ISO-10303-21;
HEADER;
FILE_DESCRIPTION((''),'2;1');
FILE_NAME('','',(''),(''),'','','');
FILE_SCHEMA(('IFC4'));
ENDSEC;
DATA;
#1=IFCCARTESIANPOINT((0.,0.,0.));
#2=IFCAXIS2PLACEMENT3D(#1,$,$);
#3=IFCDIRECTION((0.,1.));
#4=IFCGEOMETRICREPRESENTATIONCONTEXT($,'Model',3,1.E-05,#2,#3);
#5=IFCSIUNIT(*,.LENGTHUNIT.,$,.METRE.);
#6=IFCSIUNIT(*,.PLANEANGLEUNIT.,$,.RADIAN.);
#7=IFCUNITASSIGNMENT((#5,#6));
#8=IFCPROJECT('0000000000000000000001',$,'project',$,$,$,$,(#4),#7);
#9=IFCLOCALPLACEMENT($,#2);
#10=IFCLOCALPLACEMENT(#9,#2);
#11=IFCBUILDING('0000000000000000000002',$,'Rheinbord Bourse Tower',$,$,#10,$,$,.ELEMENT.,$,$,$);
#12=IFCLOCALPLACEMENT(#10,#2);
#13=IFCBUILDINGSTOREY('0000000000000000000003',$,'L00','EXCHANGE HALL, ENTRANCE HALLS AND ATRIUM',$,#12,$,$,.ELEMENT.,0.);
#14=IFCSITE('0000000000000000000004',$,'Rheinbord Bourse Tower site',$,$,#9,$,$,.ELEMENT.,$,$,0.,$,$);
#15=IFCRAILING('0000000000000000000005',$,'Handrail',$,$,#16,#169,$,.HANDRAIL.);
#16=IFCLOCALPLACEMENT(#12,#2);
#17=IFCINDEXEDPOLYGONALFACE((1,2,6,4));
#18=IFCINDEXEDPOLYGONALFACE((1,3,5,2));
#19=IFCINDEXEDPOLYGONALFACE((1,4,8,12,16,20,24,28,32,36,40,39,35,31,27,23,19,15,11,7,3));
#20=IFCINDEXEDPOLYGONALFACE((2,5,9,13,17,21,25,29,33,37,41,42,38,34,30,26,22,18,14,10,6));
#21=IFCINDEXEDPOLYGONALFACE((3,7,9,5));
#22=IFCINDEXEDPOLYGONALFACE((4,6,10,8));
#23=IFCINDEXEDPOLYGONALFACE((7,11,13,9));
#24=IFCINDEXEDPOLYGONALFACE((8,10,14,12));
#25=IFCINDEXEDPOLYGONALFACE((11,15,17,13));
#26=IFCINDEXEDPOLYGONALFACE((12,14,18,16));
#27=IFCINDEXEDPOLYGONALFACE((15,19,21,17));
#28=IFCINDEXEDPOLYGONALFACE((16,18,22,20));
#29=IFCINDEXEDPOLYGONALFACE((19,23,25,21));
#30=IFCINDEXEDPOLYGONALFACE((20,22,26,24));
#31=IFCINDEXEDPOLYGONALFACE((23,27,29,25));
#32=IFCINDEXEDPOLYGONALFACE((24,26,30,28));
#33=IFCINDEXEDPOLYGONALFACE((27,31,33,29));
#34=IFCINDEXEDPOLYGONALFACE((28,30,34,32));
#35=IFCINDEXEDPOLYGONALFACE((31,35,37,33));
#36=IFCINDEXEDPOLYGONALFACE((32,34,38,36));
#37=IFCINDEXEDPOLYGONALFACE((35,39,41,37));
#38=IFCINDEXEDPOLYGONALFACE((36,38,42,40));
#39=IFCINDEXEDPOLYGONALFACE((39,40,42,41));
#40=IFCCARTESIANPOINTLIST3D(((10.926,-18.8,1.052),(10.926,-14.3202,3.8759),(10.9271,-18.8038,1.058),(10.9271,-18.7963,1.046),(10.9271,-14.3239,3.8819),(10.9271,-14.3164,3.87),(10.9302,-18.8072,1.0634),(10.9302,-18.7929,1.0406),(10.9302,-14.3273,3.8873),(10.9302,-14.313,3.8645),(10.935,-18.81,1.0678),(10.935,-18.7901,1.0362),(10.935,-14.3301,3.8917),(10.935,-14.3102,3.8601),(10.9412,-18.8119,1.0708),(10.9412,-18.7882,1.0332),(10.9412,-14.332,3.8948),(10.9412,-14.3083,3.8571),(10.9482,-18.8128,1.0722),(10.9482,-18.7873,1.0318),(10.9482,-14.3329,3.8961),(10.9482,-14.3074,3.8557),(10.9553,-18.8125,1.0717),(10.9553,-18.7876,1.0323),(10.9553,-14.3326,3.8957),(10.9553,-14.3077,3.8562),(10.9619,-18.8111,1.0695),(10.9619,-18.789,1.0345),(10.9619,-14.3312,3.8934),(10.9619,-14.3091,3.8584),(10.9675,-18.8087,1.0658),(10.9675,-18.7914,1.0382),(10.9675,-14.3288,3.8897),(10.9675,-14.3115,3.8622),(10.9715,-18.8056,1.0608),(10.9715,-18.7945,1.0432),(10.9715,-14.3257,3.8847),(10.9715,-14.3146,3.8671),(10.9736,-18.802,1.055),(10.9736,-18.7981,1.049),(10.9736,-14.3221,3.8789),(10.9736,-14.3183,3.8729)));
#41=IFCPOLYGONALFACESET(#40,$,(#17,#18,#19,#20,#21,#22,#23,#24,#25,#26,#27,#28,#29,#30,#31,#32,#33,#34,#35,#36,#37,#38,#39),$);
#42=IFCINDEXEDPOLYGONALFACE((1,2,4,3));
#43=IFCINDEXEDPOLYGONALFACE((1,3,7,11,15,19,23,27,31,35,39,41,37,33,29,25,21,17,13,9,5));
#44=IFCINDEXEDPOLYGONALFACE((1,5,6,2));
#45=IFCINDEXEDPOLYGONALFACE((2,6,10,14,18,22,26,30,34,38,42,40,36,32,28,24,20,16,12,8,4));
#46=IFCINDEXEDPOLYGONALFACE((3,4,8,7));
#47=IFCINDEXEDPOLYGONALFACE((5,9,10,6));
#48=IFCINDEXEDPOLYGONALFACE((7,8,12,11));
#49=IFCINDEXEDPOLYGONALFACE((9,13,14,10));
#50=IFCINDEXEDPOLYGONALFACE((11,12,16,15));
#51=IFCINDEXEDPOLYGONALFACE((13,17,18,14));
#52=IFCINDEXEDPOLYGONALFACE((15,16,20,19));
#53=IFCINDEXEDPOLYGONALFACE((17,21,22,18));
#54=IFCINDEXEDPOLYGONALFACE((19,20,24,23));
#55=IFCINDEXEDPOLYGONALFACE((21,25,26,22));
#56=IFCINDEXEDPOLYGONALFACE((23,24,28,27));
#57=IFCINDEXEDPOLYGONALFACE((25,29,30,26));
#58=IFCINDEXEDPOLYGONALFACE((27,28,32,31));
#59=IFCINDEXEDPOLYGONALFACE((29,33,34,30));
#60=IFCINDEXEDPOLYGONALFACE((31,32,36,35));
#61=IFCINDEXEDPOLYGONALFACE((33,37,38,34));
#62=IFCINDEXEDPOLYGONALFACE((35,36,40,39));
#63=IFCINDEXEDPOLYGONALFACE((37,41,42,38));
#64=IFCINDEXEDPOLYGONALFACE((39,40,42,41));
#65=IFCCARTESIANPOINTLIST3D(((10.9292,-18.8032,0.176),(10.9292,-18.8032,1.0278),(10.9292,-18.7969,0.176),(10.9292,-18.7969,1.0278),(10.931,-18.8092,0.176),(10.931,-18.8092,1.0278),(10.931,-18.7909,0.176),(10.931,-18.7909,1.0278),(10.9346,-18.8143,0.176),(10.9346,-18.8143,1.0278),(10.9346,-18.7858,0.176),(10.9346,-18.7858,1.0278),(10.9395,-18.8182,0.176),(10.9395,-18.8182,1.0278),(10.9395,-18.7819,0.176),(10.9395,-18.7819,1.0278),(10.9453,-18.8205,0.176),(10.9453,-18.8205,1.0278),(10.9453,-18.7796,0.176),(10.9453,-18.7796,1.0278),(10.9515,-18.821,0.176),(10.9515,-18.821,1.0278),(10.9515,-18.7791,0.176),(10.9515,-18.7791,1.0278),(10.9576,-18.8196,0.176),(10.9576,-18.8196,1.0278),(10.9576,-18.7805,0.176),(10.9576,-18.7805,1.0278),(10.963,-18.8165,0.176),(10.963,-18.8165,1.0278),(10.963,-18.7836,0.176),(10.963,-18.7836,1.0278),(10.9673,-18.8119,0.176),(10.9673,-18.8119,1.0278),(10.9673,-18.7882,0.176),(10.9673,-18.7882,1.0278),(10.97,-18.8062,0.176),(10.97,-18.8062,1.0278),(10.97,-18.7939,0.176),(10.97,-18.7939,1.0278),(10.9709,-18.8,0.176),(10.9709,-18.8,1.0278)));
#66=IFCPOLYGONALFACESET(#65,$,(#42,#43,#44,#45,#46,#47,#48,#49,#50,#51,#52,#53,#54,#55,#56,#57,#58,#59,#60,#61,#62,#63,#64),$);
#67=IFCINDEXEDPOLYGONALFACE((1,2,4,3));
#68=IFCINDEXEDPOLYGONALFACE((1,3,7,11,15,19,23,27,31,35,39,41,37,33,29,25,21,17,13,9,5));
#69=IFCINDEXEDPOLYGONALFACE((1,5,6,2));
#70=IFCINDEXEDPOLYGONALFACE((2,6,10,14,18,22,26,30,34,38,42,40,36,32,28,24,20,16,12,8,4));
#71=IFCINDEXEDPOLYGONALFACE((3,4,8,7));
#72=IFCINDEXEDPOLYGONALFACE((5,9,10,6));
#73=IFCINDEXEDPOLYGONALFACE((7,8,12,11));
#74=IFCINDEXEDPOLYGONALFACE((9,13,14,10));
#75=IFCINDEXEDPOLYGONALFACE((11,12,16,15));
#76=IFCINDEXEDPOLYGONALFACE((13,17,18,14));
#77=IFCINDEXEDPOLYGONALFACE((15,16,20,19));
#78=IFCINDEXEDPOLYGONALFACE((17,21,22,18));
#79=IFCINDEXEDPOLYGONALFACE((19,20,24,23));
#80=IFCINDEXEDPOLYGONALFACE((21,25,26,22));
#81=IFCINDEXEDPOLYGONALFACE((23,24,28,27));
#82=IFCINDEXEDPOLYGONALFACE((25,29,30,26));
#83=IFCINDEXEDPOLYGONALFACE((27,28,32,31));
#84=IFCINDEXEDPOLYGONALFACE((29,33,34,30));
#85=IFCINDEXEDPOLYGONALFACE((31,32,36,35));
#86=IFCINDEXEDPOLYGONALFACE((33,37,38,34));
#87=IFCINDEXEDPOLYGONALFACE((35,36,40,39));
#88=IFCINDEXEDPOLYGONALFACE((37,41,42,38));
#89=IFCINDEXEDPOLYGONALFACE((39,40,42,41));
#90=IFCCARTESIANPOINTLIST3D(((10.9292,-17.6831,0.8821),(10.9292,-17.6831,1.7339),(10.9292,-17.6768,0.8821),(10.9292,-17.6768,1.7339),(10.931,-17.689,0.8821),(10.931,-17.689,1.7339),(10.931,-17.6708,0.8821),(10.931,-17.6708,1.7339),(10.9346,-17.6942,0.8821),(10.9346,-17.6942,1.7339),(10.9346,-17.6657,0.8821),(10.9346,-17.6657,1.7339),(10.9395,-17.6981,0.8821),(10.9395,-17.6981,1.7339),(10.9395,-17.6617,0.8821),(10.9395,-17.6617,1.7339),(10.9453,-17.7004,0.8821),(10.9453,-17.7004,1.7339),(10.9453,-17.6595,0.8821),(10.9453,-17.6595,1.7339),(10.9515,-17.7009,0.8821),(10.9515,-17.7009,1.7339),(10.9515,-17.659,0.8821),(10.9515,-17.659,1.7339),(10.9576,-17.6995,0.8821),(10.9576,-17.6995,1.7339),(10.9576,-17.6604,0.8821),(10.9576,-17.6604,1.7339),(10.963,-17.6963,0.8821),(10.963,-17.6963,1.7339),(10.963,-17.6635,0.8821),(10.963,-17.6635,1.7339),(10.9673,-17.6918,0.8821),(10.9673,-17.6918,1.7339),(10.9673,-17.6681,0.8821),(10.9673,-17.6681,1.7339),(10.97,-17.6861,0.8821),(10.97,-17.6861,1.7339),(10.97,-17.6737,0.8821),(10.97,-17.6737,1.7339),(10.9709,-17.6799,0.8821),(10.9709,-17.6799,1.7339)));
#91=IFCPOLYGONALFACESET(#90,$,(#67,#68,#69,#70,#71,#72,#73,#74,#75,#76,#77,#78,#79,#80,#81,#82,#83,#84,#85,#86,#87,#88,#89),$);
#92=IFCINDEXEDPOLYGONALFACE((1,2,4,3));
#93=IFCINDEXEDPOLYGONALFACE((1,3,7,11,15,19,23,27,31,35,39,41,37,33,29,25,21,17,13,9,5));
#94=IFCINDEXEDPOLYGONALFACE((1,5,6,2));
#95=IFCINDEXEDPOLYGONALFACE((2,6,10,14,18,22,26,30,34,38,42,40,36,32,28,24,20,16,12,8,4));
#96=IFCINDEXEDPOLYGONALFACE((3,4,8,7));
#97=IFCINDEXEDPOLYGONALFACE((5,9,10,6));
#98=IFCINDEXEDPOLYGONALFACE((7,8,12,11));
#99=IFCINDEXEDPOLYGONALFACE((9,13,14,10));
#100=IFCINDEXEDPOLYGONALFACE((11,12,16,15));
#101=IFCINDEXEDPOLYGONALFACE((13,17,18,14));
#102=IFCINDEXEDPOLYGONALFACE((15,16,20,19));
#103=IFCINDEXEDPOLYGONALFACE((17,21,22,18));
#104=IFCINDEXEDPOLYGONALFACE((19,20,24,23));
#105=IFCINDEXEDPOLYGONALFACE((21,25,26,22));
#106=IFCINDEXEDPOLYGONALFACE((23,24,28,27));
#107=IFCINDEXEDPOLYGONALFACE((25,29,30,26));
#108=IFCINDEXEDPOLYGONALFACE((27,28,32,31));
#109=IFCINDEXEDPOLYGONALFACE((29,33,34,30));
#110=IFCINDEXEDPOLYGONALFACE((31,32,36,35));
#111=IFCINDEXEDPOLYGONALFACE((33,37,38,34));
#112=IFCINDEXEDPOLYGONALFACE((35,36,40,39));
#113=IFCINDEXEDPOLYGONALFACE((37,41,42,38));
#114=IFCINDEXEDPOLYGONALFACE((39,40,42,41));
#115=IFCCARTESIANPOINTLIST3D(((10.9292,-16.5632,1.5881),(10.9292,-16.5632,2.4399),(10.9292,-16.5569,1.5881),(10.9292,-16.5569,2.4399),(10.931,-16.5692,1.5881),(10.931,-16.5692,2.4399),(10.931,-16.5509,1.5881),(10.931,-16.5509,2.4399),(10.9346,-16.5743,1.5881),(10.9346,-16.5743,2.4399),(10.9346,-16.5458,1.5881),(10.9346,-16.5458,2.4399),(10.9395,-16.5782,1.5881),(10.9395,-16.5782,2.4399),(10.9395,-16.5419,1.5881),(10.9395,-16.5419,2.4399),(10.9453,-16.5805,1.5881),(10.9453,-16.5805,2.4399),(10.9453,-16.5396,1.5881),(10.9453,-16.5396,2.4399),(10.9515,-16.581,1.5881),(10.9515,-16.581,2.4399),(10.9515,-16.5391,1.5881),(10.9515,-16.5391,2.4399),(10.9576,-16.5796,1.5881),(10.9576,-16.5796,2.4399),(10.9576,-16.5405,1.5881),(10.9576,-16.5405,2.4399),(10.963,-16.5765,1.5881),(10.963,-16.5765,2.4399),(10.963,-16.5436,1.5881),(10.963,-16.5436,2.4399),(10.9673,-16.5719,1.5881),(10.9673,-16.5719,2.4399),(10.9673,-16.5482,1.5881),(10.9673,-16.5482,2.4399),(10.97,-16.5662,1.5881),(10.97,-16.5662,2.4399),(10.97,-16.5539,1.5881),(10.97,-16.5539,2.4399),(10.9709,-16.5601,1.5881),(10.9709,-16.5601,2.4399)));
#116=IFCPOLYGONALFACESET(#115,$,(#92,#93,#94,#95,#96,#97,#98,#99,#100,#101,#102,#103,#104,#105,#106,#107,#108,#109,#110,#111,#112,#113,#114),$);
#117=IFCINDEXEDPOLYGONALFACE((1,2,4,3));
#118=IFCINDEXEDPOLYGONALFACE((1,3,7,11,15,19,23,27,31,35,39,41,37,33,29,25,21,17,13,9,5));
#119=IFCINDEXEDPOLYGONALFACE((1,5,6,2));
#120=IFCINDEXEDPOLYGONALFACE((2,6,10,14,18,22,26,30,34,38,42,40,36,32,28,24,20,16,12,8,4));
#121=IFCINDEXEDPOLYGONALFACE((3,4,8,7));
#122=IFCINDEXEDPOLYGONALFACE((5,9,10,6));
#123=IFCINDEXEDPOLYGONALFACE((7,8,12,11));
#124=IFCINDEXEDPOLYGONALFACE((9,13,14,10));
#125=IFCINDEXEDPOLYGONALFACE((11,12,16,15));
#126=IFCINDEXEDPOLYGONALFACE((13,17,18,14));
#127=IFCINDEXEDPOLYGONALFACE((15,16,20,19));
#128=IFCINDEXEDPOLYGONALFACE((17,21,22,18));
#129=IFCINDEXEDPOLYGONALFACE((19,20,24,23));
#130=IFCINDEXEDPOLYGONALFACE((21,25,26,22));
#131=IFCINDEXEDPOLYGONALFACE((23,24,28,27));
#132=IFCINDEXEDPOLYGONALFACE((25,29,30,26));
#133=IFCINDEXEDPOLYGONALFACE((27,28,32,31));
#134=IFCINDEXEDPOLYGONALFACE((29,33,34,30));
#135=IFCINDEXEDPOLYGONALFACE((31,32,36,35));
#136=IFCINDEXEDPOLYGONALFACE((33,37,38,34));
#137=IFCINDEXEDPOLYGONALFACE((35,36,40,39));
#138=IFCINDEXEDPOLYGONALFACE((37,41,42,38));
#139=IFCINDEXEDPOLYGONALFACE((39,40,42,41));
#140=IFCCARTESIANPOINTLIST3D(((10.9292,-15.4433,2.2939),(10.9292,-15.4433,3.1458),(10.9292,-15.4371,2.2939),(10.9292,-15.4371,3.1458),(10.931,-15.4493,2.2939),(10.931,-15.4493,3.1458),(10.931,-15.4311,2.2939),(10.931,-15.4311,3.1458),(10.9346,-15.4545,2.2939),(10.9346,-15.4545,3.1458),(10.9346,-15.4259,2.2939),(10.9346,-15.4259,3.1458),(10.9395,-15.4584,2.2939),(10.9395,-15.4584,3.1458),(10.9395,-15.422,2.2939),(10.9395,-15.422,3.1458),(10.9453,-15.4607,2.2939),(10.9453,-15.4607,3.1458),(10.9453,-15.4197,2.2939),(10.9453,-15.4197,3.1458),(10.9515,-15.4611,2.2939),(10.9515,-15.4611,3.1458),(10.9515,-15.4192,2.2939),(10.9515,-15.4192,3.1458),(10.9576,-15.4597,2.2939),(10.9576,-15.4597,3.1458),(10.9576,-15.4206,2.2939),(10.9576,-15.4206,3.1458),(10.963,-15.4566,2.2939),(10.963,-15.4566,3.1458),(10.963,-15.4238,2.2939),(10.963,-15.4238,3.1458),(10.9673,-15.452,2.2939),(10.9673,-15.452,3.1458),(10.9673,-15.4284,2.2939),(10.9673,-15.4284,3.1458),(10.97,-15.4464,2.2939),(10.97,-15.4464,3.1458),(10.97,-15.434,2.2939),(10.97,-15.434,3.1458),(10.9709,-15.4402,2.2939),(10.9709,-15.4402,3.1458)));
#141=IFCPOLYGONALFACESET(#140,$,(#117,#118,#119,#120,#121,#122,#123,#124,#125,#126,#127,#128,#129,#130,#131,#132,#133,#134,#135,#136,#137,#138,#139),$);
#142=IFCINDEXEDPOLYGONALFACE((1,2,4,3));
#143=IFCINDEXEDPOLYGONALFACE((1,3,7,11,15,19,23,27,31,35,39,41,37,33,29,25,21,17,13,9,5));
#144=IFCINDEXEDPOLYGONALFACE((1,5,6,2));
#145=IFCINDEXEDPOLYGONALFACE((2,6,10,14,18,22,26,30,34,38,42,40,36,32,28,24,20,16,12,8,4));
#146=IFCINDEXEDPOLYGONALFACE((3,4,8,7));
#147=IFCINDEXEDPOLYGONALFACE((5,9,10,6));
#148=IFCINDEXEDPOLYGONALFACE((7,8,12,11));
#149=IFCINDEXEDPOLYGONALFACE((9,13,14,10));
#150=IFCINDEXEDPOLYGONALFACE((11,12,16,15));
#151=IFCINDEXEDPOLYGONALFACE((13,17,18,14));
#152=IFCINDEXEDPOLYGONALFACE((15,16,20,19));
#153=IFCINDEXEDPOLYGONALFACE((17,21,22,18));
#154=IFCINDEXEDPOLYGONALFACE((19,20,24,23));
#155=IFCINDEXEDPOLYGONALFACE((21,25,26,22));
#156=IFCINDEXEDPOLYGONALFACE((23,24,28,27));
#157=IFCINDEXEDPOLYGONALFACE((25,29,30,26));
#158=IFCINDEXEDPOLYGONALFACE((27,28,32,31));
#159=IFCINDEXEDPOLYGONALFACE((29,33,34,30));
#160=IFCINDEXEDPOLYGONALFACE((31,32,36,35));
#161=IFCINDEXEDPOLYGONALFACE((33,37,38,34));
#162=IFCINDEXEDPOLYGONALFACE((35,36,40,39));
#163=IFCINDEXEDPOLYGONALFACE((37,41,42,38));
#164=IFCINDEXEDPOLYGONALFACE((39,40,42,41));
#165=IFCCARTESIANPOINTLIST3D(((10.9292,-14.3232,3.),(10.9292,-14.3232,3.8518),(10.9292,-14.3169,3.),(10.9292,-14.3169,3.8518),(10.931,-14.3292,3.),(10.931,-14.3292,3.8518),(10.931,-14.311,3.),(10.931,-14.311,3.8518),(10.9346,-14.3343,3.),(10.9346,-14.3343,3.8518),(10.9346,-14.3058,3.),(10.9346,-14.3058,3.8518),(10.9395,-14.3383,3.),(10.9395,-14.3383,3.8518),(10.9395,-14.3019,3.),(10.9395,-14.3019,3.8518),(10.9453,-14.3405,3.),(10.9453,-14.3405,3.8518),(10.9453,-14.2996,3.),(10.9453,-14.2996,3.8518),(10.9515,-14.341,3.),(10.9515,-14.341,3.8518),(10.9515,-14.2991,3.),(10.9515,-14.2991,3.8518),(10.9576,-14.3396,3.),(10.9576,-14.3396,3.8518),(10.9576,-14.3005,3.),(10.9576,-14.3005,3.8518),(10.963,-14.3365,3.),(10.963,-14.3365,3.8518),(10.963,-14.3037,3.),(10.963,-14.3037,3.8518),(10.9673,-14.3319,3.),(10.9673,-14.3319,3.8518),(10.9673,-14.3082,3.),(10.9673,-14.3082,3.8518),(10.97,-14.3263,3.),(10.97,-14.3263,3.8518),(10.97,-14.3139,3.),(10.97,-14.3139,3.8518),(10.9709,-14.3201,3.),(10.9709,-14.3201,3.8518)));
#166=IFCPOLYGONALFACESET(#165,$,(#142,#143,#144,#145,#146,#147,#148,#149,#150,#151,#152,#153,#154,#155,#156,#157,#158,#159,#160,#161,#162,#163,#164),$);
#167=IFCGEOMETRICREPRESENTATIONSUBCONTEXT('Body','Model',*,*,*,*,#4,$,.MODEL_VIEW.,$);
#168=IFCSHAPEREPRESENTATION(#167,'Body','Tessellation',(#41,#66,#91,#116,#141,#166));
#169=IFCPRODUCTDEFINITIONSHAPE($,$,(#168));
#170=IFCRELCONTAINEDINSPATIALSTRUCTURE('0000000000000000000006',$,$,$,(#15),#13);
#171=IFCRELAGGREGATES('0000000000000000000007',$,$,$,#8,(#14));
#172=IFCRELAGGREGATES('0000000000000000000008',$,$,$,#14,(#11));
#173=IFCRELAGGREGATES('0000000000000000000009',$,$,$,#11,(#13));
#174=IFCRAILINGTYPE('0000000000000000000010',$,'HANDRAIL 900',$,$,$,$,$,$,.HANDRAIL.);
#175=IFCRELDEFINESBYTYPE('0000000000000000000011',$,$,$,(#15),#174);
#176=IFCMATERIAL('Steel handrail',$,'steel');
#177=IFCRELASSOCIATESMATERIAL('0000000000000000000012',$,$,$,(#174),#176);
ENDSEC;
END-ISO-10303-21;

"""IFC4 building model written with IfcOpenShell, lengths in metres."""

from ifc_helpers import new_model, si_unit, direction, frame, origin, origin_2d, place, context, subcontext, project, spatial, circle, extrude, material, type_object, element, save


model = new_model("IFC4")

# Units and contexts
model_context = context("Model", 3, precision=1e-05, world=origin(), true_north=direction((0.0, 1.0)))
body_context = subcontext(model_context, "Body", "Model", "MODEL_VIEW")
ifc_project = project(units=[si_unit("LENGTHUNIT", "METRE"), si_unit("PLANEANGLEUNIT", "RADIAN")], contexts=[model_context])

# Site, building, storey
site_placement = place(None, origin())
site = spatial("IfcSite", under=ifc_project, at=site_placement, Name="Rheinbord Bourse Tower site", CompositionType="ELEMENT", RefElevation=0.0)
building_placement = place(site_placement, origin())
building = spatial("IfcBuilding", under=site, at=building_placement, Name="Rheinbord Bourse Tower", CompositionType="ELEMENT")
storey_placement = place(building_placement, origin())
storey = spatial("IfcBuildingStorey", under=building, at=storey_placement, Name="L00", Description="EXCHANGE HALL, ENTRANCE HALLS AND ATRIUM", CompositionType="ELEMENT", Elevation=0.0)

# Railing
ifc_material_1 = material(Name="Steel handrail", Category="steel")
railing_type = type_object("IfcRailingType", Name="HANDRAIL 900", PredefinedType="HANDRAIL", material=ifc_material_1)
railing_1_placement = place(storey_placement, frame((10.95, -18.8, 0.176)))
element("IfcRailing", 1, at=railing_1_placement, inside=storey, type_object=railing_type, Name="Handrail", PredefinedType="HANDRAIL", context=body_context, shape_type="SweptSolid", body=[
    extrude(circle(Radius=0.0239, at=origin_2d()), frame((0.0, 0.0, 0.876), z_axis=(0.0, 0.845956, 0.533252), x_axis=(-1.0, 0.0, 0.0)), (0.0, 0.0, 1.0), 5.2957),
    extrude(circle(Radius=0.021, at=origin_2d()), origin(), (0.0, 0.0, 1.0), 0.8518),
    extrude(circle(Radius=0.021, at=origin_2d()), frame((0.0, 1.1201, 0.7061)), (0.0, 0.0, 1.0), 0.8518),
    extrude(circle(Radius=0.021, at=origin_2d()), frame((0.0, 2.24, 1.4121)), (0.0, 0.0, 1.0), 0.8518),
    extrude(circle(Radius=0.021, at=origin_2d()), frame((0.0, 3.3599, 2.1179)), (0.0, 0.0, 1.0), 0.8518),
    extrude(circle(Radius=0.021, at=origin_2d()), frame((0.0, 4.48, 2.824)), (0.0, 0.0, 1.0), 0.8518),
])

save(model, "model.ifc")
